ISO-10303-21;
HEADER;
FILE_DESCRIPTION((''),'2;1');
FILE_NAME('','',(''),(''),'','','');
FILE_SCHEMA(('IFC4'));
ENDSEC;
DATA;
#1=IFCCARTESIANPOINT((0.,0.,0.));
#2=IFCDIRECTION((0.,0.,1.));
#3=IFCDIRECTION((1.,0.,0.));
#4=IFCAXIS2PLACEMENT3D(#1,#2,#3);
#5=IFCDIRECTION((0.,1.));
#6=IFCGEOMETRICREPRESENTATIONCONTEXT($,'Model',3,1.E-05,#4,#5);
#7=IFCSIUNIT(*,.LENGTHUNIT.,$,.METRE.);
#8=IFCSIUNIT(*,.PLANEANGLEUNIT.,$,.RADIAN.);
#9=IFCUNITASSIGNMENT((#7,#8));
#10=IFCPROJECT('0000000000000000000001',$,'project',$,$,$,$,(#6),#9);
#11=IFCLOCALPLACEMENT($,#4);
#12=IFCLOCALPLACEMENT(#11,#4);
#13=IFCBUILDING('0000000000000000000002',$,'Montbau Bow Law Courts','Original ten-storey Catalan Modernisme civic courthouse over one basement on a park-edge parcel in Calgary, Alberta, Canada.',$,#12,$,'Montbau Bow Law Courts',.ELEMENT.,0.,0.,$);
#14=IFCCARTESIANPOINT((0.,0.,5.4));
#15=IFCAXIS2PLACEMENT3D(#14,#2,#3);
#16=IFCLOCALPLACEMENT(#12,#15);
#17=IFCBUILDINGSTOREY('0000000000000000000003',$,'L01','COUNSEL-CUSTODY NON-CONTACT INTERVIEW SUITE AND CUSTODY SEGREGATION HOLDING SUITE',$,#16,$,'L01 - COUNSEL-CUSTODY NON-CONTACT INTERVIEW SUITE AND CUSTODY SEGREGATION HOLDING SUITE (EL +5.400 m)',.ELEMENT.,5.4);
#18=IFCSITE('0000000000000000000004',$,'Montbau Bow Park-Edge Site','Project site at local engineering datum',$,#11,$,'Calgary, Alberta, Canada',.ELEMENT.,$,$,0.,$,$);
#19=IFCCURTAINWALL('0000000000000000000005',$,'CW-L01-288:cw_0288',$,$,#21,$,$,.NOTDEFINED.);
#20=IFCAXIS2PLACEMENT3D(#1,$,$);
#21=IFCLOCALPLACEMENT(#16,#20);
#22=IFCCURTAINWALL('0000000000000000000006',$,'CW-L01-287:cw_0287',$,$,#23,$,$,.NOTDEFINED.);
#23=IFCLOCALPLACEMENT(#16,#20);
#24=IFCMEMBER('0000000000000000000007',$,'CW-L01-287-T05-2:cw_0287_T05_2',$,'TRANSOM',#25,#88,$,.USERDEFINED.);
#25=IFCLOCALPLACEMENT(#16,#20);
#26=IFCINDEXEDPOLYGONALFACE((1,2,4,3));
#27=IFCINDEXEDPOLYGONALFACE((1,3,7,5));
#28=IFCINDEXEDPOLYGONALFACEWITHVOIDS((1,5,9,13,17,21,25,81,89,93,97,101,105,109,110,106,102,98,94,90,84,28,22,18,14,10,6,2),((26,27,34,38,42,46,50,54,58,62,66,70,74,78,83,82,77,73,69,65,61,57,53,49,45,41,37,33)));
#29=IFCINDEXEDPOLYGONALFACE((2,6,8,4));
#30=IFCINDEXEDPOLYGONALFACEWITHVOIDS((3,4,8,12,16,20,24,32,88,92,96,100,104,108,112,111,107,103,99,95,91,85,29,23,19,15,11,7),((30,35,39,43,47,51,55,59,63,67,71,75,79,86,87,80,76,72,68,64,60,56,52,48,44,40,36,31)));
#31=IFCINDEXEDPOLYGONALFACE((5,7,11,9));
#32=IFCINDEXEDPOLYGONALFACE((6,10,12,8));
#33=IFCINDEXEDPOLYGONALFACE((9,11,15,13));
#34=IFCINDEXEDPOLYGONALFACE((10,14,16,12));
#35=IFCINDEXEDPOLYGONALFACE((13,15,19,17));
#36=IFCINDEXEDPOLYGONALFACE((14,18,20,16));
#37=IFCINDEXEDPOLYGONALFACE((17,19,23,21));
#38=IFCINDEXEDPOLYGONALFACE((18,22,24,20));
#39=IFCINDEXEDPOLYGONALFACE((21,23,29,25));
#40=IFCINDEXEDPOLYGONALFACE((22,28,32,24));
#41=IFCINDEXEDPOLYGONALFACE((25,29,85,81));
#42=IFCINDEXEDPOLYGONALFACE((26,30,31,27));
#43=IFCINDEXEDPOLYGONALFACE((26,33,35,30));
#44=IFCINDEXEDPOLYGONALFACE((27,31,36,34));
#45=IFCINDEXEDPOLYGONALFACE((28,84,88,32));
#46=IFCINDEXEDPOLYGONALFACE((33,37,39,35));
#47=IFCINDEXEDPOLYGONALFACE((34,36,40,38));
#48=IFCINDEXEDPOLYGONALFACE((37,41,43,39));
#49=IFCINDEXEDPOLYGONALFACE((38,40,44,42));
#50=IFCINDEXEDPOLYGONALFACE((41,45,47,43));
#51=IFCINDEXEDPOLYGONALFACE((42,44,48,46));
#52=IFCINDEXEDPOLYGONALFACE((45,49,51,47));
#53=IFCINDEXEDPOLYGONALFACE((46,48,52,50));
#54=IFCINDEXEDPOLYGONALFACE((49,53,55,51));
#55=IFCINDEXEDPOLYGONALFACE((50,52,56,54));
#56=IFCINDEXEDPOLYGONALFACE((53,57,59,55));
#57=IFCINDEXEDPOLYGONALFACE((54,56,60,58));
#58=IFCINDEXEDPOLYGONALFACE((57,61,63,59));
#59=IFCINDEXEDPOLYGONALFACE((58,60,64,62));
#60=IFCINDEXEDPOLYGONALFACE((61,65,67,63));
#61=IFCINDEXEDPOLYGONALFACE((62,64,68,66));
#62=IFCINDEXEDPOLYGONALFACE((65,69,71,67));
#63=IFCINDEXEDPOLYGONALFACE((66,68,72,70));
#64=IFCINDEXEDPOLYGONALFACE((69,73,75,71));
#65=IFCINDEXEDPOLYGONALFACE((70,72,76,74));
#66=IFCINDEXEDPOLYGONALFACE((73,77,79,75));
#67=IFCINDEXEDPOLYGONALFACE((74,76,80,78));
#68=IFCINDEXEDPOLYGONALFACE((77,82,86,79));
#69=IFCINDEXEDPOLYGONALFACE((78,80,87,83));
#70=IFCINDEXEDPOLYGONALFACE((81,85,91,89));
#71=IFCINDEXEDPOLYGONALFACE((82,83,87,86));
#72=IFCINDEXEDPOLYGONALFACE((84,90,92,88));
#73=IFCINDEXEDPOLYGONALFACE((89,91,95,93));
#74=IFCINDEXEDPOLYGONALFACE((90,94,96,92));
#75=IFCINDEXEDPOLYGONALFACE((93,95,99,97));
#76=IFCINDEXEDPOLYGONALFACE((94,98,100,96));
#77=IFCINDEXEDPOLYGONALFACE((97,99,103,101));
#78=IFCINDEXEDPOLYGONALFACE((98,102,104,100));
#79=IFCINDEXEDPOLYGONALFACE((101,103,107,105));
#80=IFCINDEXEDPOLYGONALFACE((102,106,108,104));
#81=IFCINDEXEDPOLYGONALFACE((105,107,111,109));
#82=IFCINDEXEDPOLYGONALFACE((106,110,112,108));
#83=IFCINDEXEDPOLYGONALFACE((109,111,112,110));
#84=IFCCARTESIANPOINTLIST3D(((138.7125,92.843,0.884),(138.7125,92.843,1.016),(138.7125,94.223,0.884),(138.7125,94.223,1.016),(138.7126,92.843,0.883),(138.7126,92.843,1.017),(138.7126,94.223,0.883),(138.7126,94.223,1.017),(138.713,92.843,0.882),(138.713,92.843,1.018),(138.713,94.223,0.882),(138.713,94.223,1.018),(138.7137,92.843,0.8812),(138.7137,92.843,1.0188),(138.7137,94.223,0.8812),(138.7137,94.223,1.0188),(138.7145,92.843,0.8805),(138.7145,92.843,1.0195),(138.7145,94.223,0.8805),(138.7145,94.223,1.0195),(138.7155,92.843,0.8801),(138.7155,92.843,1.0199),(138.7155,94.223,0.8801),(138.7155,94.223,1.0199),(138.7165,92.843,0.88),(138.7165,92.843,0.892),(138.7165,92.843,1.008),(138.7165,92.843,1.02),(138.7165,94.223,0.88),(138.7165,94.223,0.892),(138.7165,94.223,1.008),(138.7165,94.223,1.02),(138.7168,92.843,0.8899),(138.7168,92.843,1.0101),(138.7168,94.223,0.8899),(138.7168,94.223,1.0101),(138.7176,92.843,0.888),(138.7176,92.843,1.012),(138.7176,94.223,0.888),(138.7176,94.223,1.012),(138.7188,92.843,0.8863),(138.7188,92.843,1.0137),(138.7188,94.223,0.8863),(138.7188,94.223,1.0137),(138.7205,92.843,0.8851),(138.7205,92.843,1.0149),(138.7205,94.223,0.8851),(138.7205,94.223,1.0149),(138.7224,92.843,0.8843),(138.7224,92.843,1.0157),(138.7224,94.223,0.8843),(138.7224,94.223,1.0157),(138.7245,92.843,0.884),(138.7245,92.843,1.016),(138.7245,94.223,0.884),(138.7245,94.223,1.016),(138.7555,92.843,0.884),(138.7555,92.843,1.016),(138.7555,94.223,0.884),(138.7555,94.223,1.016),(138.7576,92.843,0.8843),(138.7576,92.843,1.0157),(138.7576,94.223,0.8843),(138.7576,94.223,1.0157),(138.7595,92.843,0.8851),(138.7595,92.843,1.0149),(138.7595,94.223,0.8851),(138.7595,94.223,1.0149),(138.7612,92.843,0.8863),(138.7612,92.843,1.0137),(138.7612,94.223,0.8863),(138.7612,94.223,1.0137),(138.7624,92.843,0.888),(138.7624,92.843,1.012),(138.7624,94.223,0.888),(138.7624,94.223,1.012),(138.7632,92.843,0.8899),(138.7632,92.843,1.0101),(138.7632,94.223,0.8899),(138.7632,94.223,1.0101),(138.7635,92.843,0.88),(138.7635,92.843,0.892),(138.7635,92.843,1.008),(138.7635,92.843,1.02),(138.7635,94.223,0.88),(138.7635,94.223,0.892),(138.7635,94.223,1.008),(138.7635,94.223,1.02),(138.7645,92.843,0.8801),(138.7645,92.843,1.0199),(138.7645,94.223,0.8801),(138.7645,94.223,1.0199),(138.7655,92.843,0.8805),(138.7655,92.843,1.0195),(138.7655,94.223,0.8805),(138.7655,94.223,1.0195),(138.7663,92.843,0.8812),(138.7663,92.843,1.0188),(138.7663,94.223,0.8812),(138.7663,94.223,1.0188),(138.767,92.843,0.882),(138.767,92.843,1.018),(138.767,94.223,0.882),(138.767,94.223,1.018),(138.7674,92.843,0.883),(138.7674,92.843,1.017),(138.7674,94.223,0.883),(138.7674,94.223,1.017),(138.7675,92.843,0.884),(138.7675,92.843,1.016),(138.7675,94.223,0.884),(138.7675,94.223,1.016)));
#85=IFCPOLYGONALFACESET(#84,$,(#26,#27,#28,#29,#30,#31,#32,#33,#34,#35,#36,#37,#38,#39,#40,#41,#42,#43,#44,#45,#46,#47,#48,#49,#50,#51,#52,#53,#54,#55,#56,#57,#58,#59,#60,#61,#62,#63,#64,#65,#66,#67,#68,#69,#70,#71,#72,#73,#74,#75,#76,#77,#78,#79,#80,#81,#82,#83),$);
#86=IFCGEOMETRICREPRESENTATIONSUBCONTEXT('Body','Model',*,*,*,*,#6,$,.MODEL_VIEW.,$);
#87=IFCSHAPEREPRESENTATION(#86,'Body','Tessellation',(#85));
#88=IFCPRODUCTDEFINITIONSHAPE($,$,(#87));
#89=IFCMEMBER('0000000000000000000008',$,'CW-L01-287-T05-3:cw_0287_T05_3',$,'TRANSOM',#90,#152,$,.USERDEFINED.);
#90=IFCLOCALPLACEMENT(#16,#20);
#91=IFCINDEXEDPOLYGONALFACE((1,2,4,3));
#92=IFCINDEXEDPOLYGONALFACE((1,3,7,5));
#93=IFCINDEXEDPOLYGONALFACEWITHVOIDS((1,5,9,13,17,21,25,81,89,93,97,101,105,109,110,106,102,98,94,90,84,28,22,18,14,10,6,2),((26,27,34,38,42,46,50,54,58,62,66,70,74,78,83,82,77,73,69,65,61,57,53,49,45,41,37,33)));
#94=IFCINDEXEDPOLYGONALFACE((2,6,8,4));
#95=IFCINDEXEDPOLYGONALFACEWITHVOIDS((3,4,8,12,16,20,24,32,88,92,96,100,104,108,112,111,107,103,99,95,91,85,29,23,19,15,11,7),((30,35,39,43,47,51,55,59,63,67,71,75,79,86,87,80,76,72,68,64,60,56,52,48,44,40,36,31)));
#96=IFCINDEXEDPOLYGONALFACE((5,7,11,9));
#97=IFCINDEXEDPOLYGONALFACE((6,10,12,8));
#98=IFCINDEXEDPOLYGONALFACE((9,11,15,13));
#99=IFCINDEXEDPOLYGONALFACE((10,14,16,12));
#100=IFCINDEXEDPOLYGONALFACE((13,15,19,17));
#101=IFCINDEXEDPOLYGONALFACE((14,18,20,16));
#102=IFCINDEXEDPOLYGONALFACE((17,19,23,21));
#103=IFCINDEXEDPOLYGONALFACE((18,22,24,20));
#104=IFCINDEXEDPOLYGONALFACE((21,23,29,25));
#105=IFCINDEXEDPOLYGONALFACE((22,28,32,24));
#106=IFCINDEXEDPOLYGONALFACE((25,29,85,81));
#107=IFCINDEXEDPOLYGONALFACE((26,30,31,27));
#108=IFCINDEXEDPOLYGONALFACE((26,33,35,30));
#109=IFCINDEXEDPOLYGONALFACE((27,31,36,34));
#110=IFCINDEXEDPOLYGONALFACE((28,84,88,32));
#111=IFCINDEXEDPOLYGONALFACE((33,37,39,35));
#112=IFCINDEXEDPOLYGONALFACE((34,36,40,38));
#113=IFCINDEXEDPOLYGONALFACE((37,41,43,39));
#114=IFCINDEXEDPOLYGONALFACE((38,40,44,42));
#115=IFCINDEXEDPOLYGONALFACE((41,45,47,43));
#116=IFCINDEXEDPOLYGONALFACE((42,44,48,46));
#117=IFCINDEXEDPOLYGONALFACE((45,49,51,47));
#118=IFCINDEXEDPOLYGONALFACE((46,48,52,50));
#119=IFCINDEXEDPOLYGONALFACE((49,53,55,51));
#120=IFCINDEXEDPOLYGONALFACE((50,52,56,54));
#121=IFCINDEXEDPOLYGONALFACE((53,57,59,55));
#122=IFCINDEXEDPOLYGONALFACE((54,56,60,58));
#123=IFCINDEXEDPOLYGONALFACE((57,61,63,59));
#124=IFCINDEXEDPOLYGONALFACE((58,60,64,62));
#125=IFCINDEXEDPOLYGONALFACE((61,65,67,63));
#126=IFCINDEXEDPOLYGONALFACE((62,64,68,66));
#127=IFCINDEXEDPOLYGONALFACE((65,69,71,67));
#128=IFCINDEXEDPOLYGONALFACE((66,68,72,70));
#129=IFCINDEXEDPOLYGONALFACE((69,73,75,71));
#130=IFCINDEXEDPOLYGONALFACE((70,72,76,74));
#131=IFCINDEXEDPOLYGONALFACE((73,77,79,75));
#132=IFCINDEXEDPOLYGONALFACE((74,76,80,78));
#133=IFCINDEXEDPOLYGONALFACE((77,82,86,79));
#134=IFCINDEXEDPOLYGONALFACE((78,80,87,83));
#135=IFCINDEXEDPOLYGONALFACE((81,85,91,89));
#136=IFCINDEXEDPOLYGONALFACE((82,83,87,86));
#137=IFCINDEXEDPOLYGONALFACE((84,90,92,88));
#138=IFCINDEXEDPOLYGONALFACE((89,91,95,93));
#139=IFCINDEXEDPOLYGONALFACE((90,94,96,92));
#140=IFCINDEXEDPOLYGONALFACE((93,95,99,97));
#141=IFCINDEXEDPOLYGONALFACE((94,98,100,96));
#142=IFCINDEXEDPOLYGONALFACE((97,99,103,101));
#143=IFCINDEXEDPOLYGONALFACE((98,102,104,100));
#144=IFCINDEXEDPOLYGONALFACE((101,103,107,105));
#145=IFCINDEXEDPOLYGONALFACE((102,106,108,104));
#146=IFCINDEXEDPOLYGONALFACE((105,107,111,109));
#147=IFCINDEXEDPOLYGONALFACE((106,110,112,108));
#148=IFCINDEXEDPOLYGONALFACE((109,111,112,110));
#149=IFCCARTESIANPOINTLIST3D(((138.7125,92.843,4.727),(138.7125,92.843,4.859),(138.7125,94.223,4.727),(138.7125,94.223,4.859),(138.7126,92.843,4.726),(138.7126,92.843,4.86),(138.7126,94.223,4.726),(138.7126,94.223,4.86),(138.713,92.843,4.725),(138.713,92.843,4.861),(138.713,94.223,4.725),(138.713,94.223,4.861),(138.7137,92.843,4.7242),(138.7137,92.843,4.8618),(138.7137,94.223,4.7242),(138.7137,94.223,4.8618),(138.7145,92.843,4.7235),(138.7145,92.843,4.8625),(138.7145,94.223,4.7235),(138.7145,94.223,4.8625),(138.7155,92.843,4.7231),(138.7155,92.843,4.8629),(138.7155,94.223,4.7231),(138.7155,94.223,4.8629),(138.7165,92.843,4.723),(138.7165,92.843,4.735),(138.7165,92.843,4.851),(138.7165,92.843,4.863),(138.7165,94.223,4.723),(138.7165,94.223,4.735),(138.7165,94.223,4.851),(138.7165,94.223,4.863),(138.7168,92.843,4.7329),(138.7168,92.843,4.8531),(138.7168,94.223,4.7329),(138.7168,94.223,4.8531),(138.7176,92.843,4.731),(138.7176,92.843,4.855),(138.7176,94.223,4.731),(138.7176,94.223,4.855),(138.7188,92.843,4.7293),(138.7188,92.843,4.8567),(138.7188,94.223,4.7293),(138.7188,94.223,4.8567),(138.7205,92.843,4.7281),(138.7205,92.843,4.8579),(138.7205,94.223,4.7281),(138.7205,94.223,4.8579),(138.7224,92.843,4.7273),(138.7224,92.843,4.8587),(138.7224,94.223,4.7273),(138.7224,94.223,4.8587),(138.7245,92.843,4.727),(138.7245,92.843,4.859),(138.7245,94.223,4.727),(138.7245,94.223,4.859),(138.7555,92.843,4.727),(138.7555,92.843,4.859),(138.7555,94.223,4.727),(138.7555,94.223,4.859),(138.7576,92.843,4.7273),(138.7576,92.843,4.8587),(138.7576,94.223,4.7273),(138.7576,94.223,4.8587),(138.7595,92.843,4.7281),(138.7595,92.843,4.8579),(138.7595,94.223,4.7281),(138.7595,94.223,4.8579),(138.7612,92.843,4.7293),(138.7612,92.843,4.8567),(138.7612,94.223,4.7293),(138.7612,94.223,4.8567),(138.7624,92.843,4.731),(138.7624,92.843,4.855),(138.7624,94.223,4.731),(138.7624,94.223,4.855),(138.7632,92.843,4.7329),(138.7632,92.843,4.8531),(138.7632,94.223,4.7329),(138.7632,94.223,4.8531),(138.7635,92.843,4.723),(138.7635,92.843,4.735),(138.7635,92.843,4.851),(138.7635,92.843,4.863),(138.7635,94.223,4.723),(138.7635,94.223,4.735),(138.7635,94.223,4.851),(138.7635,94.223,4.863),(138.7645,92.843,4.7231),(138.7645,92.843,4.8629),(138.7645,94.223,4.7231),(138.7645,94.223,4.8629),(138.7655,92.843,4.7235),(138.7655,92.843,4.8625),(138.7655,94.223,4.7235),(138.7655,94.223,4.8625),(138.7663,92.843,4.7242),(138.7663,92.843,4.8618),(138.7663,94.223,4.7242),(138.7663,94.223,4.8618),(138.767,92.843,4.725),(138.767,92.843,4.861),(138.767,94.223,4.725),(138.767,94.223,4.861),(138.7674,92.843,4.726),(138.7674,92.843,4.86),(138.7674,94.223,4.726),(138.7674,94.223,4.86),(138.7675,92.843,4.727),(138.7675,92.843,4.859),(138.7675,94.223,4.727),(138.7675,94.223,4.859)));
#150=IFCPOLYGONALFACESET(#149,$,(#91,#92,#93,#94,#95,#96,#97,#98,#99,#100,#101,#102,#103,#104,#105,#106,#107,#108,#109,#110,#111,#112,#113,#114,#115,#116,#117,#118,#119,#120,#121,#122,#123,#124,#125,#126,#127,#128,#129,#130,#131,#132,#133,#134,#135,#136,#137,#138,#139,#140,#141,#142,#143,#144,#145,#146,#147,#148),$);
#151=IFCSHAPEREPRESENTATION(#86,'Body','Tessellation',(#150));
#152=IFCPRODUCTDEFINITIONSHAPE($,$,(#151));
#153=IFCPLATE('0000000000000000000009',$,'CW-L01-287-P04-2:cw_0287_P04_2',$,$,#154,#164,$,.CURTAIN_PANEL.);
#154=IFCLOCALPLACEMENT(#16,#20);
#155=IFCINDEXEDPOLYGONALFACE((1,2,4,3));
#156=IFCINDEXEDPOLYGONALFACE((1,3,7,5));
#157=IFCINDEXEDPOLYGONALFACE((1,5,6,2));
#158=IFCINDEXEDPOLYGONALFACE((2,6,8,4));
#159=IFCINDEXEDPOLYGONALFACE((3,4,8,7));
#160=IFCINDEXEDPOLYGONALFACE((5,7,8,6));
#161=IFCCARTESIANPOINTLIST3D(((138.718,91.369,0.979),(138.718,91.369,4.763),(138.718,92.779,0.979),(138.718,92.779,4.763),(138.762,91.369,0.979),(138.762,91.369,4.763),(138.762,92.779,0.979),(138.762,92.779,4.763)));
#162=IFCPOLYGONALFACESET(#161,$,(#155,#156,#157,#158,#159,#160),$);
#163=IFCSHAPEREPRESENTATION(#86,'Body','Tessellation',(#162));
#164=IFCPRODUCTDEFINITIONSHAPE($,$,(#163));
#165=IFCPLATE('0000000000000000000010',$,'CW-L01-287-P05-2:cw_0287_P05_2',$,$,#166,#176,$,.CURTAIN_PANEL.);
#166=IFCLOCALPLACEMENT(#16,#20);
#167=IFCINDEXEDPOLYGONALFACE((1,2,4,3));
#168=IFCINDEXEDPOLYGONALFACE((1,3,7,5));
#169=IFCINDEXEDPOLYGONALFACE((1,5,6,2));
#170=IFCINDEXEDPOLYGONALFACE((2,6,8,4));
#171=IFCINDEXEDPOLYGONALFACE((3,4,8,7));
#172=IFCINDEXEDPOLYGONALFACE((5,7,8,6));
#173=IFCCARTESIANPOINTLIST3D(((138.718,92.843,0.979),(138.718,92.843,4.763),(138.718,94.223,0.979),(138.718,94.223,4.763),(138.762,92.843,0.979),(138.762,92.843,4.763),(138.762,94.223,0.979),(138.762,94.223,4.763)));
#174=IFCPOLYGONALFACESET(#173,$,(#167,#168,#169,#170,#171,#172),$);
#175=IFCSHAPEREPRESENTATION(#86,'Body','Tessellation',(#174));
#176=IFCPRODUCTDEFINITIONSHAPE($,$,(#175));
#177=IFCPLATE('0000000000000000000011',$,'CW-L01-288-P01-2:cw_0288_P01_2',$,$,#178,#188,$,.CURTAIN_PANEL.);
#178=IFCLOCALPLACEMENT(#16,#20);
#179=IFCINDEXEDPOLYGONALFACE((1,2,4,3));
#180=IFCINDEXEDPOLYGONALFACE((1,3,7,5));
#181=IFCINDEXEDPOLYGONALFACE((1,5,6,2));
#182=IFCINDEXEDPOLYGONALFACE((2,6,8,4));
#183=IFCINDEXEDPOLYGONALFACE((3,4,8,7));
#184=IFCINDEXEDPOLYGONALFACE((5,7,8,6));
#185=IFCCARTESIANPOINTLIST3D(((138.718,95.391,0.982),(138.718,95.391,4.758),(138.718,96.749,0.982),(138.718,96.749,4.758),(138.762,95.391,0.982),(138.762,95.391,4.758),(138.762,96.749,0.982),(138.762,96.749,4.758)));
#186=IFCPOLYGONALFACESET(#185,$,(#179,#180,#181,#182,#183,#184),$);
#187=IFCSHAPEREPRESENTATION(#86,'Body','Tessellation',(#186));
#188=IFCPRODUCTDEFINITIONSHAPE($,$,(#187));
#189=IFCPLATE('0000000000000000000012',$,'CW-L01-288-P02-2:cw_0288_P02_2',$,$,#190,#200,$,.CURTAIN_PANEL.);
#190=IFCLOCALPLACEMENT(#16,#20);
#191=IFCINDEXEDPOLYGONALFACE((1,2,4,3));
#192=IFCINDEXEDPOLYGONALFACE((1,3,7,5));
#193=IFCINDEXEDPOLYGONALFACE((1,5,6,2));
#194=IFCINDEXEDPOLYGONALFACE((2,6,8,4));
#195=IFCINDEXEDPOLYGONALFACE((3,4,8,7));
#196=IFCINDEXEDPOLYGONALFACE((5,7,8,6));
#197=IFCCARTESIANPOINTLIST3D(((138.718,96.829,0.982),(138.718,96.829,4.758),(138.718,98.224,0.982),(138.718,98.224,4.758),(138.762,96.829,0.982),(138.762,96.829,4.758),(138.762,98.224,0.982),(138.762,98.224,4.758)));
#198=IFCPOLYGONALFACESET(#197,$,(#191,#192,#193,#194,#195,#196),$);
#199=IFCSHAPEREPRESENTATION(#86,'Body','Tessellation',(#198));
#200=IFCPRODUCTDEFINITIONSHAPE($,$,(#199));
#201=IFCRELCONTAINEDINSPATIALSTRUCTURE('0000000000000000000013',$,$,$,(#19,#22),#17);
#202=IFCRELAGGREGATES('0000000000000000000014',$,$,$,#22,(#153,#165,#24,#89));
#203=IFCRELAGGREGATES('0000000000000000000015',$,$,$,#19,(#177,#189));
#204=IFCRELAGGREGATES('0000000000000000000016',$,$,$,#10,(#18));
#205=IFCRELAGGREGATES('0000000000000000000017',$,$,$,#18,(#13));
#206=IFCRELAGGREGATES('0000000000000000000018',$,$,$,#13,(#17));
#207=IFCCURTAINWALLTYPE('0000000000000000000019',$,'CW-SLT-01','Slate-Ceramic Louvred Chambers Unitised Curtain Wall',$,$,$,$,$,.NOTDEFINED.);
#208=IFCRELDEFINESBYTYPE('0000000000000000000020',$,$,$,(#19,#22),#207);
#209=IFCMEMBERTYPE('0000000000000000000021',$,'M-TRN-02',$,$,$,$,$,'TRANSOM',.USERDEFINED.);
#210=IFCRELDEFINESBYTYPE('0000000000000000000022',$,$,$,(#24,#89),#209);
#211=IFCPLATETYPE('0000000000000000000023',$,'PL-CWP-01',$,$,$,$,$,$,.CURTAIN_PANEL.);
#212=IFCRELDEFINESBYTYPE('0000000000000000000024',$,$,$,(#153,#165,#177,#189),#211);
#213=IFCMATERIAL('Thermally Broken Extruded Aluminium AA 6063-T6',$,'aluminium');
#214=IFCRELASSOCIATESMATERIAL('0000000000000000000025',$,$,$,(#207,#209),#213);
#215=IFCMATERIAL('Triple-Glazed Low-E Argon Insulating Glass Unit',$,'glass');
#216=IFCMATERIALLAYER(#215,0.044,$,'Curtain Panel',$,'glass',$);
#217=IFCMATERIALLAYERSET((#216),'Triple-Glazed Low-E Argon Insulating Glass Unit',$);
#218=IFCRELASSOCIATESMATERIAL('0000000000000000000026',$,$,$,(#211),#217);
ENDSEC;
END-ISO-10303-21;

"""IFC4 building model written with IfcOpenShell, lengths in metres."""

from ifc_helpers import new_model, si_unit, direction, frame, frame_2d, origin_with_axes, origin_2d_with_axis, place, context, subcontext, project, spatial, rectangle, hollow_rectangle, extrude, material, layer, layer_set, material_profile, profile_set, type_object, element, aggregate, save


model = new_model("IFC4")

# Units and contexts
model_context = context("Model", 3, precision=1e-05, world=origin_with_axes(), true_north=direction((0.0, 1.0)))
body_context = subcontext(model_context, "Body", "Model", "MODEL_VIEW")
ifc_project = project(units=[si_unit("LENGTHUNIT", "METRE"), si_unit("PLANEANGLEUNIT", "RADIAN")], contexts=[model_context])

# Site, building, storey
site_placement = place(None, origin_with_axes())
site = spatial("IfcSite", under=ifc_project, at=site_placement, Name="Montbau Bow Park-Edge Site", Description="Project site at local engineering datum", LongName="Calgary, Alberta, Canada", CompositionType="ELEMENT", RefElevation=0.0)
building_placement = place(site_placement, origin_with_axes())
building = spatial("IfcBuilding", under=site, at=building_placement, Name="Montbau Bow Law Courts", Description="Original ten-storey Catalan Modernisme civic courthouse over one basement on a park-edge parcel in Calgary, Alberta, Canada.", LongName="Montbau Bow Law Courts", CompositionType="ELEMENT", ElevationOfRefHeight=0.0, ElevationOfTerrain=0.0)
storey_placement = place(building_placement, frame((0.0, 0.0, 5.4), z_axis=(0.0, 0.0, 1.0), x_axis=(1.0, 0.0, 0.0)))
storey = spatial("IfcBuildingStorey", under=building, at=storey_placement, Name="L01", Description="COUNSEL-CUSTODY NON-CONTACT INTERVIEW SUITE AND CUSTODY SEGREGATION HOLDING SUITE", LongName="L01 - COUNSEL-CUSTODY NON-CONTACT INTERVIEW SUITE AND CUSTODY SEGREGATION HOLDING SUITE (EL +5.400 m)", CompositionType="ELEMENT", Elevation=5.4)

# Curtain walls
ifc_material_1 = material(Name="Thermally Broken Extruded Aluminium AA 6063-T6", Category="aluminium")
curtain_wall_type = type_object("IfcCurtainWallType", Name="CW-SLT-01", Description="Slate-Ceramic Louvred Chambers Unitised Curtain Wall", PredefinedType="NOTDEFINED", material=ifc_material_1)
curtain_wall_1_placement = place(None, frame((138.74, 95.315, 5.4), z_axis=(0.0, 0.0, 1.0), x_axis=(1.0, 0.0, 0.0)))
curtain_wall_1 = element("IfcCurtainWall", 1, at=curtain_wall_1_placement, inside=storey, type_object=curtain_wall_type, Name="CW-L01-288:cw_0288", PredefinedType="NOTDEFINED")
curtain_wall_2_placement = place(None, frame((138.74, 86.915, 5.4), z_axis=(0.0, 0.0, 1.0), x_axis=(1.0, 0.0, 0.0)))
curtain_wall_2 = element("IfcCurtainWall", 2, at=curtain_wall_2_placement, inside=storey, type_object=curtain_wall_type, Name="CW-L01-287:cw_0287", PredefinedType="NOTDEFINED")

# Members
ifc_material_profile_1 = material_profile(ifc_material_1, hollow_rectangle(XDim=0.055, YDim=0.14, WallThickness=0.004, InnerFilletRadius=0.008, OuterFilletRadius=0.004, at=origin_2d_with_axis()), Name="CWT-140X55", Category="Main", Priority=0)
ifc_profile_set_1 = profile_set([ifc_material_profile_1], Name="Thermally Broken Extruded Aluminium AA 6063-T6")
member_type_1 = type_object("IfcMemberType", Name="M-TRN-02", ElementType="TRANSOM", PredefinedType="USERDEFINED", material=ifc_profile_set_1)
member_1_placement = place(None, frame((138.74, 92.843, 6.35), z_axis=(0.0, 1.0, 0.0), x_axis=(-1.0, 0.0, 0.0)))
member_1 = element("IfcMember", 3, at=member_1_placement, type_object=member_type_1, Name="CW-L01-287-T05-2:cw_0287_T05_2", ObjectType="TRANSOM", PredefinedType="USERDEFINED", context=body_context, shape_type="SweptSolid", body=[
    extrude(hollow_rectangle(XDim=0.055, YDim=0.14, WallThickness=0.004, InnerFilletRadius=0.008, OuterFilletRadius=0.004, at=origin_2d_with_axis()), origin_with_axes(), (0.0, 0.0, 1.0), 1.38),
])
member_2_placement = place(None, frame((138.74, 92.843, 10.193), z_axis=(0.0, 1.0, 0.0), x_axis=(-1.0, 0.0, 0.0)))
member_2 = element("IfcMember", 4, at=member_2_placement, type_object=member_type_1, Name="CW-L01-287-T05-3:cw_0287_T05_3", ObjectType="TRANSOM", PredefinedType="USERDEFINED", context=body_context, shape_type="SweptSolid", body=[
    extrude(hollow_rectangle(XDim=0.055, YDim=0.14, WallThickness=0.004, InnerFilletRadius=0.008, OuterFilletRadius=0.004, at=origin_2d_with_axis()), origin_with_axes(), (0.0, 0.0, 1.0), 1.38),
])

# Plates
ifc_material_2 = material(Name="Triple-Glazed Low-E Argon Insulating Glass Unit", Category="glass")
ifc_layer_1 = layer(ifc_material_2, 0.044, Name="Curtain Panel", Category="glass")
ifc_layer_set_1 = layer_set([ifc_layer_1], Name="Triple-Glazed Low-E Argon Insulating Glass Unit")
plate_type_1 = type_object("IfcPlateType", Name="PL-CWP-01", PredefinedType="CURTAIN_PANEL", material=ifc_layer_set_1)
plate_1_placement = place(None, frame((138.74, 91.369, 6.379), z_axis=(1.0, 0.0, 0.0), x_axis=(0.0, 1.0, 0.0)))
plate_1 = element("IfcPlate", 5, at=plate_1_placement, type_object=plate_type_1, Name="CW-L01-287-P04-2:cw_0287_P04_2", PredefinedType="CURTAIN_PANEL", context=body_context, shape_type="SweptSolid", body=[
    extrude(rectangle(XDim=1.41, YDim=3.784, at=frame_2d((0.705, 1.892), x_axis=(1.0, 0.0))), frame((0.0, 0.0, -0.022), z_axis=(0.0, 0.0, 1.0), x_axis=(1.0, 0.0, 0.0)), (0.0, 0.0, 1.0), 0.044),
])
plate_2_placement = place(None, frame((138.74, 92.843, 6.379), z_axis=(1.0, 0.0, 0.0), x_axis=(0.0, 1.0, 0.0)))
plate_2 = element("IfcPlate", 6, at=plate_2_placement, type_object=plate_type_1, Name="CW-L01-287-P05-2:cw_0287_P05_2", PredefinedType="CURTAIN_PANEL", context=body_context, shape_type="SweptSolid", body=[
    extrude(rectangle(XDim=1.38, YDim=3.784, at=frame_2d((0.69, 1.892), x_axis=(1.0, 0.0))), frame((0.0, 0.0, -0.022), z_axis=(0.0, 0.0, 1.0), x_axis=(1.0, 0.0, 0.0)), (0.0, 0.0, 1.0), 0.044),
])
plate_3_placement = place(None, frame((138.74, 95.391, 6.382), z_axis=(1.0, 0.0, 0.0), x_axis=(0.0, 1.0, 0.0)))
plate_3 = element("IfcPlate", 7, at=plate_3_placement, type_object=plate_type_1, Name="CW-L01-288-P01-2:cw_0288_P01_2", PredefinedType="CURTAIN_PANEL", context=body_context, shape_type="SweptSolid", body=[
    extrude(rectangle(XDim=1.358, YDim=3.776, at=frame_2d((0.679, 1.888), x_axis=(1.0, 0.0))), frame((0.0, 0.0, -0.022), z_axis=(0.0, 0.0, 1.0), x_axis=(1.0, 0.0, 0.0)), (0.0, 0.0, 1.0), 0.044),
])
plate_4_placement = place(None, frame((138.74, 96.829, 6.382), z_axis=(1.0, 0.0, 0.0), x_axis=(0.0, 1.0, 0.0)))
plate_4 = element("IfcPlate", 8, at=plate_4_placement, type_object=plate_type_1, Name="CW-L01-288-P02-2:cw_0288_P02_2", PredefinedType="CURTAIN_PANEL", context=body_context, shape_type="SweptSolid", body=[
    extrude(rectangle(XDim=1.395, YDim=3.776, at=frame_2d((0.6975, 1.888), x_axis=(1.0, 0.0))), frame((0.0, 0.0, -0.022), z_axis=(0.0, 0.0, 1.0), x_axis=(1.0, 0.0, 0.0)), (0.0, 0.0, 1.0), 0.044),
])
aggregate(curtain_wall_2, [plate_1, plate_2, member_1, member_2])
aggregate(curtain_wall_1, [plate_3, plate_4])

save(model, "model.ifc")
